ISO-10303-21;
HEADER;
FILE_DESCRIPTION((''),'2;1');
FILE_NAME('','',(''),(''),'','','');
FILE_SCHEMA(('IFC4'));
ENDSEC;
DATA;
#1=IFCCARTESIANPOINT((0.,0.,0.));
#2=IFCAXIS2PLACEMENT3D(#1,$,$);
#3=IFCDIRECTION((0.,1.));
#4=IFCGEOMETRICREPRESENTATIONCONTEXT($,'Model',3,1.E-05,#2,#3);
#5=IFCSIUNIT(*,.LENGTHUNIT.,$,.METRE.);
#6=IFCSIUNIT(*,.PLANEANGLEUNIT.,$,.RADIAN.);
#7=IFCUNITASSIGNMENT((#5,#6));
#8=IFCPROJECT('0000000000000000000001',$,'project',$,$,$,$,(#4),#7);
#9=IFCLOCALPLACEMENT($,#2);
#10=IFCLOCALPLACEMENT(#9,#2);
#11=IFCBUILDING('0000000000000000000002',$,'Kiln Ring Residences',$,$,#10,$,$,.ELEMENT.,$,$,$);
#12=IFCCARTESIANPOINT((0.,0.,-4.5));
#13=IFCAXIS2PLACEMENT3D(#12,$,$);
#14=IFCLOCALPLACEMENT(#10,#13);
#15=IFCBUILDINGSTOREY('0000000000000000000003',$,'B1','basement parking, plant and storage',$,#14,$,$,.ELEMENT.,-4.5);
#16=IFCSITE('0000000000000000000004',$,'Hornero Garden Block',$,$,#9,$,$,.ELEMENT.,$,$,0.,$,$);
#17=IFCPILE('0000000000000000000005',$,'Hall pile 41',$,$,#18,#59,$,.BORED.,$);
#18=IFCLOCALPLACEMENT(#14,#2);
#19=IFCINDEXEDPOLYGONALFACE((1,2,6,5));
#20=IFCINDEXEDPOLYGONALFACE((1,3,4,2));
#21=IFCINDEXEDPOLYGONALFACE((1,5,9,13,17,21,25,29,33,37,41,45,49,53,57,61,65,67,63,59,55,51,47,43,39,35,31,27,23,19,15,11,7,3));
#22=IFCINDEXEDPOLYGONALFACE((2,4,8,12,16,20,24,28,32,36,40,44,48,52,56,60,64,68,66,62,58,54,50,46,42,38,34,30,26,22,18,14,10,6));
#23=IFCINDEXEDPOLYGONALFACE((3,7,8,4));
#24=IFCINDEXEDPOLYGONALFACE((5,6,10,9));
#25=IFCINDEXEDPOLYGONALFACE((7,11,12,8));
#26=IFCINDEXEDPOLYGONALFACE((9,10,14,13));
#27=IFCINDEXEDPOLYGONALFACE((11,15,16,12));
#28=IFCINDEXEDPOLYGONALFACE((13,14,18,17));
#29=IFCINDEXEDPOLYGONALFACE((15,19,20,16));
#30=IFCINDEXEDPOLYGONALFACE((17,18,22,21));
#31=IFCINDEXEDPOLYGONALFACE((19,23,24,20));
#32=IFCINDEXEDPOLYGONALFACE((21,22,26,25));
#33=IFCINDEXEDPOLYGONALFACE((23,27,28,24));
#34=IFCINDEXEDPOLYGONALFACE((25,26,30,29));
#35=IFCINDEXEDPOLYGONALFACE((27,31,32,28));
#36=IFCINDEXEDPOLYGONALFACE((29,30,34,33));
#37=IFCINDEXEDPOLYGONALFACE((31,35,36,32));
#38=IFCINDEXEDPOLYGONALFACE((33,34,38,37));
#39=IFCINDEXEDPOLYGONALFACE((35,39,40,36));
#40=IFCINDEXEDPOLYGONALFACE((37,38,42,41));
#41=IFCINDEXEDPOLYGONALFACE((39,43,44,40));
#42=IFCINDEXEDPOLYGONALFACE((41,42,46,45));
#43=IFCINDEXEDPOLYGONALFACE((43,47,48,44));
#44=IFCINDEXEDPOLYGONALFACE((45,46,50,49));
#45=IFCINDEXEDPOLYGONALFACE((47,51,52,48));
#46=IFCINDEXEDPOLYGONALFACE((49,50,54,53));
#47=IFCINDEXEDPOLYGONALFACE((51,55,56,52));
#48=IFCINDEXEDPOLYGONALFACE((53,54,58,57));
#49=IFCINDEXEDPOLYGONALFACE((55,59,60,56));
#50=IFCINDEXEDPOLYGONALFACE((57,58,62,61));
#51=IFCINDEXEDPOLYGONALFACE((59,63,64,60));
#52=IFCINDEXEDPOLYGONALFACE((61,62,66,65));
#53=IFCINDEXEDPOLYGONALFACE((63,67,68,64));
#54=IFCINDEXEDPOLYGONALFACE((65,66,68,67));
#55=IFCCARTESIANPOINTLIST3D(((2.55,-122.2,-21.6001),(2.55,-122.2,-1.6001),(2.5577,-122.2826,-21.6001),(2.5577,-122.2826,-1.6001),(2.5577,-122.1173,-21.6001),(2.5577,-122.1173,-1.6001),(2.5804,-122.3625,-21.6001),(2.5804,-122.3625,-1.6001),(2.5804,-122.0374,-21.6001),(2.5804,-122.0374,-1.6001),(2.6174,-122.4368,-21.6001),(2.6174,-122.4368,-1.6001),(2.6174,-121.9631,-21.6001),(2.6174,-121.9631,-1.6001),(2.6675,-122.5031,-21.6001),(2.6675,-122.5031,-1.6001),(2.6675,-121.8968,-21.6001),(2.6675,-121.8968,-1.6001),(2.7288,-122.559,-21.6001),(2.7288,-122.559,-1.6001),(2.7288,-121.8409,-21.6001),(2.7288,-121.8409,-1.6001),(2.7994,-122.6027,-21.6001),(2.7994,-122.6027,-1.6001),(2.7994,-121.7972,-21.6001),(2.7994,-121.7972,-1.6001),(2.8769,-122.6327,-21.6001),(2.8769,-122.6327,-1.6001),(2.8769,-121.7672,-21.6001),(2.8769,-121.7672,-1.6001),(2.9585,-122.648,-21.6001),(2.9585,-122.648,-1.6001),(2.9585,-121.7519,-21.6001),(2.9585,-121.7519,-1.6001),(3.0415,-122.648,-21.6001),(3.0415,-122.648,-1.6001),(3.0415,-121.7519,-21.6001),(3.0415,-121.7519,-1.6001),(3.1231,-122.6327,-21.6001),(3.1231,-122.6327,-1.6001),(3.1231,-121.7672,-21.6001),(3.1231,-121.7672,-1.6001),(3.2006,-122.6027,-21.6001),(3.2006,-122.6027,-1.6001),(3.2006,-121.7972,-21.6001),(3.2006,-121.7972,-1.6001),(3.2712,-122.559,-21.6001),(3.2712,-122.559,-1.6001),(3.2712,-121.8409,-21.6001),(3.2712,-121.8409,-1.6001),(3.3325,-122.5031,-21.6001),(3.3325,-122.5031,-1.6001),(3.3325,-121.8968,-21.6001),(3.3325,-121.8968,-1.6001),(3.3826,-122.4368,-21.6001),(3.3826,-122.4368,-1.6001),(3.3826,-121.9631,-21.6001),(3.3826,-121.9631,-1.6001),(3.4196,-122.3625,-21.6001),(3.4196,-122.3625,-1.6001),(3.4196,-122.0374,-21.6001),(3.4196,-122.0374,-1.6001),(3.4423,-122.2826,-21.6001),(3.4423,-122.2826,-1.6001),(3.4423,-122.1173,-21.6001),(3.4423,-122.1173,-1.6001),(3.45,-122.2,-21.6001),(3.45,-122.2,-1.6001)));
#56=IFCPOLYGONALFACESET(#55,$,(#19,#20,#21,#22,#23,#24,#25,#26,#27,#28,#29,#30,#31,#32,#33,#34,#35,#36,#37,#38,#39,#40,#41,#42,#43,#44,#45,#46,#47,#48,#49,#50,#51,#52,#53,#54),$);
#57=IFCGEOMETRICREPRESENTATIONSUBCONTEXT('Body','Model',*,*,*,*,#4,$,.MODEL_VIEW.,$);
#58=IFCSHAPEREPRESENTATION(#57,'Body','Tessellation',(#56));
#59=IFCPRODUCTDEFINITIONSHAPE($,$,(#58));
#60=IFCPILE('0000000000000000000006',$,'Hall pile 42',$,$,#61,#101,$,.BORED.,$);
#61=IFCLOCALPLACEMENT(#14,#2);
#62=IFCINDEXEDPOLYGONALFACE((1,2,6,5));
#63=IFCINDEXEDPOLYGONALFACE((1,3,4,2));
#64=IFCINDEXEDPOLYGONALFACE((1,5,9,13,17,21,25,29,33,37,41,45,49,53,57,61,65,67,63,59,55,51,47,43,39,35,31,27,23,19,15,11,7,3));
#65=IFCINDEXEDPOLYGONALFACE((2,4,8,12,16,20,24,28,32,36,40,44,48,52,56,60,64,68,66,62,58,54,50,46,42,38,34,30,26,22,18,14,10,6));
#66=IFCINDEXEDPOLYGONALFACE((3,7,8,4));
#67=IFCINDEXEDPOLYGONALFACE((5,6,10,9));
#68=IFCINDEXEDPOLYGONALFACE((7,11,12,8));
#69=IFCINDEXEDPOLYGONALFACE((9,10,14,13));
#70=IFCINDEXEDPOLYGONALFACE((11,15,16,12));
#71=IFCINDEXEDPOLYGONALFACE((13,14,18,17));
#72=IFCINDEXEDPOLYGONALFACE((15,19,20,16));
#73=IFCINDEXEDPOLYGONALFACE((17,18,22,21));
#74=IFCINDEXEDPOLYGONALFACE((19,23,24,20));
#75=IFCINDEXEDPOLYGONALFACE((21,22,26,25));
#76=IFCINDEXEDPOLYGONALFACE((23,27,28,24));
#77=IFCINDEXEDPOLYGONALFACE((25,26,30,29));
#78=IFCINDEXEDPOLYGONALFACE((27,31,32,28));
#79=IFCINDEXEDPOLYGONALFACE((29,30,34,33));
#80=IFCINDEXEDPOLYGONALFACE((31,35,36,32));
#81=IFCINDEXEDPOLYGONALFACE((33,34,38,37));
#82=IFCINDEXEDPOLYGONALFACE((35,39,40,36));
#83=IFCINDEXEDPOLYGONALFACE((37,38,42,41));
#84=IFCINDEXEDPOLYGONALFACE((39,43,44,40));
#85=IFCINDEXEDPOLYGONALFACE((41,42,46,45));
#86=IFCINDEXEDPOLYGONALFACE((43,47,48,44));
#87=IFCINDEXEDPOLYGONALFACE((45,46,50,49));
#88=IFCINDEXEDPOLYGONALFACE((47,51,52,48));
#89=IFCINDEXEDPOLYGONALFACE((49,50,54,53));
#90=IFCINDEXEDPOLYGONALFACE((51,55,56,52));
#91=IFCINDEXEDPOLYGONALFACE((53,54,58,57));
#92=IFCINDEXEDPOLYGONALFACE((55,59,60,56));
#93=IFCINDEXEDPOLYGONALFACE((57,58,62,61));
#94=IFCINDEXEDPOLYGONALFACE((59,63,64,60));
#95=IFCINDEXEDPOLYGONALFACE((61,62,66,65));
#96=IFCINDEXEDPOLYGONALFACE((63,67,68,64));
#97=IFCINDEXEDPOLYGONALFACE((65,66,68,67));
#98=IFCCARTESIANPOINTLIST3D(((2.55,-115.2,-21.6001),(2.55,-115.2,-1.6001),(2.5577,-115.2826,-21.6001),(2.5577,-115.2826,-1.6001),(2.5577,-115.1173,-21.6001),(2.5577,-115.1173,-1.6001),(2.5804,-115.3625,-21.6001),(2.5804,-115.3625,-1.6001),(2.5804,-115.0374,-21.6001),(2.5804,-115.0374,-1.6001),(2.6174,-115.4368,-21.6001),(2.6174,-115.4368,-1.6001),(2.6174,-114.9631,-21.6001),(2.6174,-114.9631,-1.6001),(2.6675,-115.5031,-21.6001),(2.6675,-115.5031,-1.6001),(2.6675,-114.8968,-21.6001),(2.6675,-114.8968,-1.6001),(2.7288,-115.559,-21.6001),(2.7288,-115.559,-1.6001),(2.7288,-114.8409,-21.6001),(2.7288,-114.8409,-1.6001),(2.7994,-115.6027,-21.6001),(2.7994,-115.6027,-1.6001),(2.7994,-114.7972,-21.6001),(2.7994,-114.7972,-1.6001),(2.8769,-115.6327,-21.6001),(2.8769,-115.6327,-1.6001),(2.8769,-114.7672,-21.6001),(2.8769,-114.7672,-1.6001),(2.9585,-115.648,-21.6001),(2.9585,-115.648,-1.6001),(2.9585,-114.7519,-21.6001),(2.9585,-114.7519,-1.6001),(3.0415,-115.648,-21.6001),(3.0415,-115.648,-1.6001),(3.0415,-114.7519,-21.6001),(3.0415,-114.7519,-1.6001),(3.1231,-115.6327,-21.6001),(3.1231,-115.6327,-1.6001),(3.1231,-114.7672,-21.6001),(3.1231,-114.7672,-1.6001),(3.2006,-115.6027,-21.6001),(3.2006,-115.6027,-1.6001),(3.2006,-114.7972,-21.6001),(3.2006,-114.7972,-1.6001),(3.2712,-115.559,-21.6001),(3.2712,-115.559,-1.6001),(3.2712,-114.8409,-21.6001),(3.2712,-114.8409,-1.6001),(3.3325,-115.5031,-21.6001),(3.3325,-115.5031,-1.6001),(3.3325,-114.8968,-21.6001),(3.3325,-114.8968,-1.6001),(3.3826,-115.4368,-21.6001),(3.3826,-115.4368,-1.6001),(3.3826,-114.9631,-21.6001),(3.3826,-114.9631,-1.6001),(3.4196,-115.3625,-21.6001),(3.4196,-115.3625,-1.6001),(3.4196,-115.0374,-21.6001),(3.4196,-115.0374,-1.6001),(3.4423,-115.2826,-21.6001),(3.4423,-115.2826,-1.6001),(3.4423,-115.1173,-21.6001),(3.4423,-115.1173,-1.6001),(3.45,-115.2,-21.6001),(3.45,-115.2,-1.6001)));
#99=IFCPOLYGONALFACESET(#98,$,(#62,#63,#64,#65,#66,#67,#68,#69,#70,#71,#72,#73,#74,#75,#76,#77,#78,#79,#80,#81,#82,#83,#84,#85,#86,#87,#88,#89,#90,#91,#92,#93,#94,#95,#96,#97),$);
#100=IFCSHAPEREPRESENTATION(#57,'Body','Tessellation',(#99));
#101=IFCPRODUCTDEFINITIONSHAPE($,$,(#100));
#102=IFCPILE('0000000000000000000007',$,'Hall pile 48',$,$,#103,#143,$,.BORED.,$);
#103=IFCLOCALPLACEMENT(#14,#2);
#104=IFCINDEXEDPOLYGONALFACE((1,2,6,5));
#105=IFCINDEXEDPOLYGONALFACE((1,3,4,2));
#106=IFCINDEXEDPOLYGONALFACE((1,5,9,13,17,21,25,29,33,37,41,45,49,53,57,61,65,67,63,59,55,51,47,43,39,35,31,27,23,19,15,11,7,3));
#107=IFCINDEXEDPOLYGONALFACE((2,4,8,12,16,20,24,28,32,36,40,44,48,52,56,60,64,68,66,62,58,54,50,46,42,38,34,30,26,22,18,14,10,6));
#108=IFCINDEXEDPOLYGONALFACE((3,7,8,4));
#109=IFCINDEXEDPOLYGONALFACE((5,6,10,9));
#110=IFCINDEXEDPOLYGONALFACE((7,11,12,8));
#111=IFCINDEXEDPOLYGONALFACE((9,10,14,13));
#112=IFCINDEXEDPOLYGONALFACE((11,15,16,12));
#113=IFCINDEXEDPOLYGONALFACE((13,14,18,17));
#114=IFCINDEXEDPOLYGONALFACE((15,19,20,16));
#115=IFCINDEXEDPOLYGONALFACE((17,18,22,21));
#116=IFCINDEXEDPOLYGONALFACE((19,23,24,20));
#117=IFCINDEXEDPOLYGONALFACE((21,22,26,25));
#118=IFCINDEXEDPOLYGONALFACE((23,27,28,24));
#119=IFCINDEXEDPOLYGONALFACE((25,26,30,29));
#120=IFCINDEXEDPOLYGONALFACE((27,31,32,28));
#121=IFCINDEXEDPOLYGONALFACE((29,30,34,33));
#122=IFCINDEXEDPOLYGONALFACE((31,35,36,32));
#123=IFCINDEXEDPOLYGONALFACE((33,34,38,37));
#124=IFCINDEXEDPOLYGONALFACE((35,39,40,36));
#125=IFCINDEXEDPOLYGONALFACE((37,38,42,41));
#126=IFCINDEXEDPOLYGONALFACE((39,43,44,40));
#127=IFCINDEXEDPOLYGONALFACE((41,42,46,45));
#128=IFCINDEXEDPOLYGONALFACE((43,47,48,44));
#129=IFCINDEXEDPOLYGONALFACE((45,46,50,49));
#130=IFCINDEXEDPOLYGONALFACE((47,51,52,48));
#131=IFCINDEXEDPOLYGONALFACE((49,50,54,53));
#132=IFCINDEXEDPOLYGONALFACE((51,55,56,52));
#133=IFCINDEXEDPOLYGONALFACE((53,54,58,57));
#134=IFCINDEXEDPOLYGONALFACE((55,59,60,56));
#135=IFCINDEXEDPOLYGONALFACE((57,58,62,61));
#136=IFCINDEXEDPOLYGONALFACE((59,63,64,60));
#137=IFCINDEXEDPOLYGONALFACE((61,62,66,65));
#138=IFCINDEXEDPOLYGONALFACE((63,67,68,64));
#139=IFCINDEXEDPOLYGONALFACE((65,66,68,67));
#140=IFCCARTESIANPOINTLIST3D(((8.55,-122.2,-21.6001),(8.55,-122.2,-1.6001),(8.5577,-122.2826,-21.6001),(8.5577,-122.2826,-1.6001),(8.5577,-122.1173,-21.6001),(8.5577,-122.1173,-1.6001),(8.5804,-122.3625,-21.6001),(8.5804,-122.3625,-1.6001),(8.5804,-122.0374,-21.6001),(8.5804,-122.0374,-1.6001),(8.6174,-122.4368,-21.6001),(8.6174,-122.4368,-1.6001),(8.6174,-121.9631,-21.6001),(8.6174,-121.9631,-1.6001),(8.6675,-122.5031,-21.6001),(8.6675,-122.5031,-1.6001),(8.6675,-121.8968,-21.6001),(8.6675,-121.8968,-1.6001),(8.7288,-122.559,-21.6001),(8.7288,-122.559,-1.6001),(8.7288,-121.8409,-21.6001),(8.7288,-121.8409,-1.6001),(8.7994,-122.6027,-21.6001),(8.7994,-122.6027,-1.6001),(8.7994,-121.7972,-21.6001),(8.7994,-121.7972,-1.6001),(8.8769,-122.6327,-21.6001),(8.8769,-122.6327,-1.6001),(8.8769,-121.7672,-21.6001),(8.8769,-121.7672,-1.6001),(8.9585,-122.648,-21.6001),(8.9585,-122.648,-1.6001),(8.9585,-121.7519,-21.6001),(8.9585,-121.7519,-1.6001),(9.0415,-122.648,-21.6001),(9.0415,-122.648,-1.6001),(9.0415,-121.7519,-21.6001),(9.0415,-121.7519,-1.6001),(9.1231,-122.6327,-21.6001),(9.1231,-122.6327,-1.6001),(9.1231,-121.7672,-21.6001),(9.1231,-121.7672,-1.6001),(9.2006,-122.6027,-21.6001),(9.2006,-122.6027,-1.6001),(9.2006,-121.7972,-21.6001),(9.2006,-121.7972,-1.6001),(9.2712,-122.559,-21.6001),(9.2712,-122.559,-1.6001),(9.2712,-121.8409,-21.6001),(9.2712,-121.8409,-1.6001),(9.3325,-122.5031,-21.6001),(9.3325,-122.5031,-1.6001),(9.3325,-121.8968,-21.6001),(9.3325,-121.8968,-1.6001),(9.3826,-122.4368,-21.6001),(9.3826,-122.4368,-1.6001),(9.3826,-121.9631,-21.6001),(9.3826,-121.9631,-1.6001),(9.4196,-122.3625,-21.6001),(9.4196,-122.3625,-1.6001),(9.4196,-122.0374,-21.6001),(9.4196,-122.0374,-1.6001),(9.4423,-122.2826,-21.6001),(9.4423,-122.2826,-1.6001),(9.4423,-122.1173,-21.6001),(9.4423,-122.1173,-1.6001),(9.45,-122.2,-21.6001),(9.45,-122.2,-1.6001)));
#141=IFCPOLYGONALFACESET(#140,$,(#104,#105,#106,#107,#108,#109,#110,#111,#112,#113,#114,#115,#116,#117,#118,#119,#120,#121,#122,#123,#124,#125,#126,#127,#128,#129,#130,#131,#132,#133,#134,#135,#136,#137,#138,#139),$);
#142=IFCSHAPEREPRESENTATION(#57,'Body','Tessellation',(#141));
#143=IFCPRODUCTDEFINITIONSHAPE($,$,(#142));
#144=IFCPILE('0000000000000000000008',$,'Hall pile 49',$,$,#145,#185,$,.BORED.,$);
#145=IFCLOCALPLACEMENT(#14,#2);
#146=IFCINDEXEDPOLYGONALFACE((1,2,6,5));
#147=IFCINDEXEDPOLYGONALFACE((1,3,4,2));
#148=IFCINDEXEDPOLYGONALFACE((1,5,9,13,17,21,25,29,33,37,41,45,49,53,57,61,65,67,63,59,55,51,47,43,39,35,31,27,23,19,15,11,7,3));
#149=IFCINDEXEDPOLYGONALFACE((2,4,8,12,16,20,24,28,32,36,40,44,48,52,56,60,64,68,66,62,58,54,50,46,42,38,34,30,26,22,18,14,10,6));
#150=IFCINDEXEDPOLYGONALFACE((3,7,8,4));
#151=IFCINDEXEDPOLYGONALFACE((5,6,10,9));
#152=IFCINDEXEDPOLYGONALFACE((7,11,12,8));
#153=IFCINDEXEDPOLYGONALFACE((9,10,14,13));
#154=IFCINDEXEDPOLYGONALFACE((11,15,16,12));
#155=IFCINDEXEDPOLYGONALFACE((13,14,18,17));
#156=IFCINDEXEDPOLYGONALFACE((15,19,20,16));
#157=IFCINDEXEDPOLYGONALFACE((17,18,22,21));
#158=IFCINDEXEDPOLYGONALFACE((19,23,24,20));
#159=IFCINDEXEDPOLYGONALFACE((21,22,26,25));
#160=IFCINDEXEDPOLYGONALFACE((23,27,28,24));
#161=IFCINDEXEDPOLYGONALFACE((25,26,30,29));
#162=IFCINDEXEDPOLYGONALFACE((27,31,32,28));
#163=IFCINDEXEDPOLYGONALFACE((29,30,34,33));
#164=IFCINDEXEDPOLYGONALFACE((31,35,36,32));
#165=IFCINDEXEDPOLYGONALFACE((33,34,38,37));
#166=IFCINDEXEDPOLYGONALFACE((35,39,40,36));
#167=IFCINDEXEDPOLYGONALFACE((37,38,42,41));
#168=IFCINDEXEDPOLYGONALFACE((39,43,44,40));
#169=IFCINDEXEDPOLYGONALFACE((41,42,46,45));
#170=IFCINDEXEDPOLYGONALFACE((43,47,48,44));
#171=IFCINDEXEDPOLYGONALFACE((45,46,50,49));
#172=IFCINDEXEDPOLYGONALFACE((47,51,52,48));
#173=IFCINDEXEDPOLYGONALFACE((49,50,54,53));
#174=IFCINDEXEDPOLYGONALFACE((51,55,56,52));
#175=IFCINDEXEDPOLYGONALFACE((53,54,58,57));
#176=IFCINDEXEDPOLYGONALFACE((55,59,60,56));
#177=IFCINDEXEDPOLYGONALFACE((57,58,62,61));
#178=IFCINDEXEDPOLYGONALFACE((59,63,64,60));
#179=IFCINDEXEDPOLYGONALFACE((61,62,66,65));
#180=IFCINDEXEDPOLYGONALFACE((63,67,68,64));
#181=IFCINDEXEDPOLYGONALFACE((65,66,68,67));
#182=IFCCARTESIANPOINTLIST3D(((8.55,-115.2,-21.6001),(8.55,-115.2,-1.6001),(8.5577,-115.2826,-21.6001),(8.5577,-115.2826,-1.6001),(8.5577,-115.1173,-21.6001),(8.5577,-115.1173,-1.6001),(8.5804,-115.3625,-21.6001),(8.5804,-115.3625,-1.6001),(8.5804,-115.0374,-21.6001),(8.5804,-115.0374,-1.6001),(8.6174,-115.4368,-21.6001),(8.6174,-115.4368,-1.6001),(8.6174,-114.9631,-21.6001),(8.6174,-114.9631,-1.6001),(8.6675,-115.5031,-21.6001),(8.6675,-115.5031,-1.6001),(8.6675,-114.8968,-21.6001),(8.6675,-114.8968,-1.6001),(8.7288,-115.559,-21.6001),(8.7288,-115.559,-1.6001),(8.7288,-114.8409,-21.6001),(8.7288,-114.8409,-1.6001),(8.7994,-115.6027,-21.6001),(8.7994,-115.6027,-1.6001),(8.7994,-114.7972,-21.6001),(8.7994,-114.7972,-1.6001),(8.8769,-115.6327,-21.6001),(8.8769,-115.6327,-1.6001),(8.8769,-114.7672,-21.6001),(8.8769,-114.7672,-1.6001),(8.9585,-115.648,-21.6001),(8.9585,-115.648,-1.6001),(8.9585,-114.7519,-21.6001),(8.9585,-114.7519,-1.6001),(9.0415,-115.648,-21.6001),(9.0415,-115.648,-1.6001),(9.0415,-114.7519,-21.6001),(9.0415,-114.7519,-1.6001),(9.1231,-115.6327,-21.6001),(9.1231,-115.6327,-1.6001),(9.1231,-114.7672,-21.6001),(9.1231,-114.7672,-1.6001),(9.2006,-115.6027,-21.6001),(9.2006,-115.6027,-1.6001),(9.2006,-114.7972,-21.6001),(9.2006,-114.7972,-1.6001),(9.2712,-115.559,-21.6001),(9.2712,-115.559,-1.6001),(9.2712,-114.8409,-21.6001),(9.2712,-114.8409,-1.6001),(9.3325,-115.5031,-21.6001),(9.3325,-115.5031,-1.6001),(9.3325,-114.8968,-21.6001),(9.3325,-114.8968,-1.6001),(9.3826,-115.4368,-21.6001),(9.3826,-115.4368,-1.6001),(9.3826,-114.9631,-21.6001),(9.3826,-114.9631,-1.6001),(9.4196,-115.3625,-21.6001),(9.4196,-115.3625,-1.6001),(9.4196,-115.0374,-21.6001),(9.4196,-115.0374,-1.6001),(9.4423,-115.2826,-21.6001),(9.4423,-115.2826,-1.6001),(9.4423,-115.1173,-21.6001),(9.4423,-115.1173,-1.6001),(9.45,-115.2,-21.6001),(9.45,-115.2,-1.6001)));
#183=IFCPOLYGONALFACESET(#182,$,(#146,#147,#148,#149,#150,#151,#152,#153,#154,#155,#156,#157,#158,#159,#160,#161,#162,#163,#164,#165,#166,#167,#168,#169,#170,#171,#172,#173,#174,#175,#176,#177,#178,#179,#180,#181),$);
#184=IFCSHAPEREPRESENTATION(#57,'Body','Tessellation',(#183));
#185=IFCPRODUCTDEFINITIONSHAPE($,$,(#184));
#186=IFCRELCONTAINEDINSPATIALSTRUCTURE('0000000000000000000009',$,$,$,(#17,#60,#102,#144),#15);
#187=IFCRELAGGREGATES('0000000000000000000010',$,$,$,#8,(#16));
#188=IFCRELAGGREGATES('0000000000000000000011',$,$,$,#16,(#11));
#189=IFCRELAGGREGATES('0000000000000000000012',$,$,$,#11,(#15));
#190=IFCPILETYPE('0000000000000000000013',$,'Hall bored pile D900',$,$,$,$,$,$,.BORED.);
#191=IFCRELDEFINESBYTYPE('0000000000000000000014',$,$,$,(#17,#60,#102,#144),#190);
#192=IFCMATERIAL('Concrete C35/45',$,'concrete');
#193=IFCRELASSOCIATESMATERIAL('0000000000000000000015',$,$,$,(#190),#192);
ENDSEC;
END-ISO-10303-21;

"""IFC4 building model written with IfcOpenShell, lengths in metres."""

from ifc_helpers import new_model, si_unit, direction, frame, origin, origin_2d, place, context, subcontext, project, spatial, circle, extrude, material, material_profile, profile_set, type_object, element, save


model = new_model("IFC4")

# Units and contexts
model_context = context("Model", 3, precision=1e-05, world=origin(), true_north=direction((0.0, 1.0)))
body_context = subcontext(model_context, "Body", "Model", "MODEL_VIEW")
ifc_project = project(units=[si_unit("LENGTHUNIT", "METRE"), si_unit("PLANEANGLEUNIT", "RADIAN")], contexts=[model_context])

# Site, building, storey
site_placement = place(None, origin())
site = spatial("IfcSite", under=ifc_project, at=site_placement, Name="Hornero Garden Block", CompositionType="ELEMENT", RefElevation=0.0)
building_placement = place(site_placement, origin())
building = spatial("IfcBuilding", under=site, at=building_placement, Name="Kiln Ring Residences", CompositionType="ELEMENT")
storey_placement = place(building_placement, frame((0.0, 0.0, -4.5)))
storey = spatial("IfcBuildingStorey", under=building, at=storey_placement, Name="B1", Description="basement parking, plant and storage", CompositionType="ELEMENT", Elevation=-4.5)

# Piles
ifc_material_1 = material(Name="Concrete C35/45", Category="concrete")
ifc_material_profile_1 = material_profile(ifc_material_1, circle(Radius=0.45, at=origin_2d()), Name="Hall bored pile D900")
ifc_profile_set_1 = profile_set([ifc_material_profile_1], Name="Concrete C35/45")
pile_type = type_object("IfcPileType", Name="Hall bored pile D900", PredefinedType="BORED", material=ifc_profile_set_1)
for number, where, z_axis, x_axis, name in (
    (1, (3.0, -122.2, -1.6001), (0.0, 0.0, -1.0), (1.0, 0.0, 0.0), "Hall pile 41"),
    (2, (3.0, -115.2, -1.6001), (0.0, 0.0, -1.0), (1.0, 0.0, 0.0), "Hall pile 42"),
    (3, (9.0, -122.2, -1.6001), (0.0, 0.0, -1.0), (1.0, 0.0, 0.0), "Hall pile 48"),
    (4, (9.0, -115.2, -1.6001), (0.0, 0.0, -1.0), (1.0, 0.0, 0.0), "Hall pile 49"),
):
    element("IfcPile", number, at=place(storey_placement, frame(where, z_axis=z_axis, x_axis=x_axis)), inside=storey, type_object=pile_type, Name=name, PredefinedType="BORED", context=body_context, shape_type="SweptSolid", body=[
        extrude(circle(Radius=0.45, at=origin_2d()), origin(), (0.0, 0.0, 1.0), 20.0),
    ])

save(model, "model.ifc")
